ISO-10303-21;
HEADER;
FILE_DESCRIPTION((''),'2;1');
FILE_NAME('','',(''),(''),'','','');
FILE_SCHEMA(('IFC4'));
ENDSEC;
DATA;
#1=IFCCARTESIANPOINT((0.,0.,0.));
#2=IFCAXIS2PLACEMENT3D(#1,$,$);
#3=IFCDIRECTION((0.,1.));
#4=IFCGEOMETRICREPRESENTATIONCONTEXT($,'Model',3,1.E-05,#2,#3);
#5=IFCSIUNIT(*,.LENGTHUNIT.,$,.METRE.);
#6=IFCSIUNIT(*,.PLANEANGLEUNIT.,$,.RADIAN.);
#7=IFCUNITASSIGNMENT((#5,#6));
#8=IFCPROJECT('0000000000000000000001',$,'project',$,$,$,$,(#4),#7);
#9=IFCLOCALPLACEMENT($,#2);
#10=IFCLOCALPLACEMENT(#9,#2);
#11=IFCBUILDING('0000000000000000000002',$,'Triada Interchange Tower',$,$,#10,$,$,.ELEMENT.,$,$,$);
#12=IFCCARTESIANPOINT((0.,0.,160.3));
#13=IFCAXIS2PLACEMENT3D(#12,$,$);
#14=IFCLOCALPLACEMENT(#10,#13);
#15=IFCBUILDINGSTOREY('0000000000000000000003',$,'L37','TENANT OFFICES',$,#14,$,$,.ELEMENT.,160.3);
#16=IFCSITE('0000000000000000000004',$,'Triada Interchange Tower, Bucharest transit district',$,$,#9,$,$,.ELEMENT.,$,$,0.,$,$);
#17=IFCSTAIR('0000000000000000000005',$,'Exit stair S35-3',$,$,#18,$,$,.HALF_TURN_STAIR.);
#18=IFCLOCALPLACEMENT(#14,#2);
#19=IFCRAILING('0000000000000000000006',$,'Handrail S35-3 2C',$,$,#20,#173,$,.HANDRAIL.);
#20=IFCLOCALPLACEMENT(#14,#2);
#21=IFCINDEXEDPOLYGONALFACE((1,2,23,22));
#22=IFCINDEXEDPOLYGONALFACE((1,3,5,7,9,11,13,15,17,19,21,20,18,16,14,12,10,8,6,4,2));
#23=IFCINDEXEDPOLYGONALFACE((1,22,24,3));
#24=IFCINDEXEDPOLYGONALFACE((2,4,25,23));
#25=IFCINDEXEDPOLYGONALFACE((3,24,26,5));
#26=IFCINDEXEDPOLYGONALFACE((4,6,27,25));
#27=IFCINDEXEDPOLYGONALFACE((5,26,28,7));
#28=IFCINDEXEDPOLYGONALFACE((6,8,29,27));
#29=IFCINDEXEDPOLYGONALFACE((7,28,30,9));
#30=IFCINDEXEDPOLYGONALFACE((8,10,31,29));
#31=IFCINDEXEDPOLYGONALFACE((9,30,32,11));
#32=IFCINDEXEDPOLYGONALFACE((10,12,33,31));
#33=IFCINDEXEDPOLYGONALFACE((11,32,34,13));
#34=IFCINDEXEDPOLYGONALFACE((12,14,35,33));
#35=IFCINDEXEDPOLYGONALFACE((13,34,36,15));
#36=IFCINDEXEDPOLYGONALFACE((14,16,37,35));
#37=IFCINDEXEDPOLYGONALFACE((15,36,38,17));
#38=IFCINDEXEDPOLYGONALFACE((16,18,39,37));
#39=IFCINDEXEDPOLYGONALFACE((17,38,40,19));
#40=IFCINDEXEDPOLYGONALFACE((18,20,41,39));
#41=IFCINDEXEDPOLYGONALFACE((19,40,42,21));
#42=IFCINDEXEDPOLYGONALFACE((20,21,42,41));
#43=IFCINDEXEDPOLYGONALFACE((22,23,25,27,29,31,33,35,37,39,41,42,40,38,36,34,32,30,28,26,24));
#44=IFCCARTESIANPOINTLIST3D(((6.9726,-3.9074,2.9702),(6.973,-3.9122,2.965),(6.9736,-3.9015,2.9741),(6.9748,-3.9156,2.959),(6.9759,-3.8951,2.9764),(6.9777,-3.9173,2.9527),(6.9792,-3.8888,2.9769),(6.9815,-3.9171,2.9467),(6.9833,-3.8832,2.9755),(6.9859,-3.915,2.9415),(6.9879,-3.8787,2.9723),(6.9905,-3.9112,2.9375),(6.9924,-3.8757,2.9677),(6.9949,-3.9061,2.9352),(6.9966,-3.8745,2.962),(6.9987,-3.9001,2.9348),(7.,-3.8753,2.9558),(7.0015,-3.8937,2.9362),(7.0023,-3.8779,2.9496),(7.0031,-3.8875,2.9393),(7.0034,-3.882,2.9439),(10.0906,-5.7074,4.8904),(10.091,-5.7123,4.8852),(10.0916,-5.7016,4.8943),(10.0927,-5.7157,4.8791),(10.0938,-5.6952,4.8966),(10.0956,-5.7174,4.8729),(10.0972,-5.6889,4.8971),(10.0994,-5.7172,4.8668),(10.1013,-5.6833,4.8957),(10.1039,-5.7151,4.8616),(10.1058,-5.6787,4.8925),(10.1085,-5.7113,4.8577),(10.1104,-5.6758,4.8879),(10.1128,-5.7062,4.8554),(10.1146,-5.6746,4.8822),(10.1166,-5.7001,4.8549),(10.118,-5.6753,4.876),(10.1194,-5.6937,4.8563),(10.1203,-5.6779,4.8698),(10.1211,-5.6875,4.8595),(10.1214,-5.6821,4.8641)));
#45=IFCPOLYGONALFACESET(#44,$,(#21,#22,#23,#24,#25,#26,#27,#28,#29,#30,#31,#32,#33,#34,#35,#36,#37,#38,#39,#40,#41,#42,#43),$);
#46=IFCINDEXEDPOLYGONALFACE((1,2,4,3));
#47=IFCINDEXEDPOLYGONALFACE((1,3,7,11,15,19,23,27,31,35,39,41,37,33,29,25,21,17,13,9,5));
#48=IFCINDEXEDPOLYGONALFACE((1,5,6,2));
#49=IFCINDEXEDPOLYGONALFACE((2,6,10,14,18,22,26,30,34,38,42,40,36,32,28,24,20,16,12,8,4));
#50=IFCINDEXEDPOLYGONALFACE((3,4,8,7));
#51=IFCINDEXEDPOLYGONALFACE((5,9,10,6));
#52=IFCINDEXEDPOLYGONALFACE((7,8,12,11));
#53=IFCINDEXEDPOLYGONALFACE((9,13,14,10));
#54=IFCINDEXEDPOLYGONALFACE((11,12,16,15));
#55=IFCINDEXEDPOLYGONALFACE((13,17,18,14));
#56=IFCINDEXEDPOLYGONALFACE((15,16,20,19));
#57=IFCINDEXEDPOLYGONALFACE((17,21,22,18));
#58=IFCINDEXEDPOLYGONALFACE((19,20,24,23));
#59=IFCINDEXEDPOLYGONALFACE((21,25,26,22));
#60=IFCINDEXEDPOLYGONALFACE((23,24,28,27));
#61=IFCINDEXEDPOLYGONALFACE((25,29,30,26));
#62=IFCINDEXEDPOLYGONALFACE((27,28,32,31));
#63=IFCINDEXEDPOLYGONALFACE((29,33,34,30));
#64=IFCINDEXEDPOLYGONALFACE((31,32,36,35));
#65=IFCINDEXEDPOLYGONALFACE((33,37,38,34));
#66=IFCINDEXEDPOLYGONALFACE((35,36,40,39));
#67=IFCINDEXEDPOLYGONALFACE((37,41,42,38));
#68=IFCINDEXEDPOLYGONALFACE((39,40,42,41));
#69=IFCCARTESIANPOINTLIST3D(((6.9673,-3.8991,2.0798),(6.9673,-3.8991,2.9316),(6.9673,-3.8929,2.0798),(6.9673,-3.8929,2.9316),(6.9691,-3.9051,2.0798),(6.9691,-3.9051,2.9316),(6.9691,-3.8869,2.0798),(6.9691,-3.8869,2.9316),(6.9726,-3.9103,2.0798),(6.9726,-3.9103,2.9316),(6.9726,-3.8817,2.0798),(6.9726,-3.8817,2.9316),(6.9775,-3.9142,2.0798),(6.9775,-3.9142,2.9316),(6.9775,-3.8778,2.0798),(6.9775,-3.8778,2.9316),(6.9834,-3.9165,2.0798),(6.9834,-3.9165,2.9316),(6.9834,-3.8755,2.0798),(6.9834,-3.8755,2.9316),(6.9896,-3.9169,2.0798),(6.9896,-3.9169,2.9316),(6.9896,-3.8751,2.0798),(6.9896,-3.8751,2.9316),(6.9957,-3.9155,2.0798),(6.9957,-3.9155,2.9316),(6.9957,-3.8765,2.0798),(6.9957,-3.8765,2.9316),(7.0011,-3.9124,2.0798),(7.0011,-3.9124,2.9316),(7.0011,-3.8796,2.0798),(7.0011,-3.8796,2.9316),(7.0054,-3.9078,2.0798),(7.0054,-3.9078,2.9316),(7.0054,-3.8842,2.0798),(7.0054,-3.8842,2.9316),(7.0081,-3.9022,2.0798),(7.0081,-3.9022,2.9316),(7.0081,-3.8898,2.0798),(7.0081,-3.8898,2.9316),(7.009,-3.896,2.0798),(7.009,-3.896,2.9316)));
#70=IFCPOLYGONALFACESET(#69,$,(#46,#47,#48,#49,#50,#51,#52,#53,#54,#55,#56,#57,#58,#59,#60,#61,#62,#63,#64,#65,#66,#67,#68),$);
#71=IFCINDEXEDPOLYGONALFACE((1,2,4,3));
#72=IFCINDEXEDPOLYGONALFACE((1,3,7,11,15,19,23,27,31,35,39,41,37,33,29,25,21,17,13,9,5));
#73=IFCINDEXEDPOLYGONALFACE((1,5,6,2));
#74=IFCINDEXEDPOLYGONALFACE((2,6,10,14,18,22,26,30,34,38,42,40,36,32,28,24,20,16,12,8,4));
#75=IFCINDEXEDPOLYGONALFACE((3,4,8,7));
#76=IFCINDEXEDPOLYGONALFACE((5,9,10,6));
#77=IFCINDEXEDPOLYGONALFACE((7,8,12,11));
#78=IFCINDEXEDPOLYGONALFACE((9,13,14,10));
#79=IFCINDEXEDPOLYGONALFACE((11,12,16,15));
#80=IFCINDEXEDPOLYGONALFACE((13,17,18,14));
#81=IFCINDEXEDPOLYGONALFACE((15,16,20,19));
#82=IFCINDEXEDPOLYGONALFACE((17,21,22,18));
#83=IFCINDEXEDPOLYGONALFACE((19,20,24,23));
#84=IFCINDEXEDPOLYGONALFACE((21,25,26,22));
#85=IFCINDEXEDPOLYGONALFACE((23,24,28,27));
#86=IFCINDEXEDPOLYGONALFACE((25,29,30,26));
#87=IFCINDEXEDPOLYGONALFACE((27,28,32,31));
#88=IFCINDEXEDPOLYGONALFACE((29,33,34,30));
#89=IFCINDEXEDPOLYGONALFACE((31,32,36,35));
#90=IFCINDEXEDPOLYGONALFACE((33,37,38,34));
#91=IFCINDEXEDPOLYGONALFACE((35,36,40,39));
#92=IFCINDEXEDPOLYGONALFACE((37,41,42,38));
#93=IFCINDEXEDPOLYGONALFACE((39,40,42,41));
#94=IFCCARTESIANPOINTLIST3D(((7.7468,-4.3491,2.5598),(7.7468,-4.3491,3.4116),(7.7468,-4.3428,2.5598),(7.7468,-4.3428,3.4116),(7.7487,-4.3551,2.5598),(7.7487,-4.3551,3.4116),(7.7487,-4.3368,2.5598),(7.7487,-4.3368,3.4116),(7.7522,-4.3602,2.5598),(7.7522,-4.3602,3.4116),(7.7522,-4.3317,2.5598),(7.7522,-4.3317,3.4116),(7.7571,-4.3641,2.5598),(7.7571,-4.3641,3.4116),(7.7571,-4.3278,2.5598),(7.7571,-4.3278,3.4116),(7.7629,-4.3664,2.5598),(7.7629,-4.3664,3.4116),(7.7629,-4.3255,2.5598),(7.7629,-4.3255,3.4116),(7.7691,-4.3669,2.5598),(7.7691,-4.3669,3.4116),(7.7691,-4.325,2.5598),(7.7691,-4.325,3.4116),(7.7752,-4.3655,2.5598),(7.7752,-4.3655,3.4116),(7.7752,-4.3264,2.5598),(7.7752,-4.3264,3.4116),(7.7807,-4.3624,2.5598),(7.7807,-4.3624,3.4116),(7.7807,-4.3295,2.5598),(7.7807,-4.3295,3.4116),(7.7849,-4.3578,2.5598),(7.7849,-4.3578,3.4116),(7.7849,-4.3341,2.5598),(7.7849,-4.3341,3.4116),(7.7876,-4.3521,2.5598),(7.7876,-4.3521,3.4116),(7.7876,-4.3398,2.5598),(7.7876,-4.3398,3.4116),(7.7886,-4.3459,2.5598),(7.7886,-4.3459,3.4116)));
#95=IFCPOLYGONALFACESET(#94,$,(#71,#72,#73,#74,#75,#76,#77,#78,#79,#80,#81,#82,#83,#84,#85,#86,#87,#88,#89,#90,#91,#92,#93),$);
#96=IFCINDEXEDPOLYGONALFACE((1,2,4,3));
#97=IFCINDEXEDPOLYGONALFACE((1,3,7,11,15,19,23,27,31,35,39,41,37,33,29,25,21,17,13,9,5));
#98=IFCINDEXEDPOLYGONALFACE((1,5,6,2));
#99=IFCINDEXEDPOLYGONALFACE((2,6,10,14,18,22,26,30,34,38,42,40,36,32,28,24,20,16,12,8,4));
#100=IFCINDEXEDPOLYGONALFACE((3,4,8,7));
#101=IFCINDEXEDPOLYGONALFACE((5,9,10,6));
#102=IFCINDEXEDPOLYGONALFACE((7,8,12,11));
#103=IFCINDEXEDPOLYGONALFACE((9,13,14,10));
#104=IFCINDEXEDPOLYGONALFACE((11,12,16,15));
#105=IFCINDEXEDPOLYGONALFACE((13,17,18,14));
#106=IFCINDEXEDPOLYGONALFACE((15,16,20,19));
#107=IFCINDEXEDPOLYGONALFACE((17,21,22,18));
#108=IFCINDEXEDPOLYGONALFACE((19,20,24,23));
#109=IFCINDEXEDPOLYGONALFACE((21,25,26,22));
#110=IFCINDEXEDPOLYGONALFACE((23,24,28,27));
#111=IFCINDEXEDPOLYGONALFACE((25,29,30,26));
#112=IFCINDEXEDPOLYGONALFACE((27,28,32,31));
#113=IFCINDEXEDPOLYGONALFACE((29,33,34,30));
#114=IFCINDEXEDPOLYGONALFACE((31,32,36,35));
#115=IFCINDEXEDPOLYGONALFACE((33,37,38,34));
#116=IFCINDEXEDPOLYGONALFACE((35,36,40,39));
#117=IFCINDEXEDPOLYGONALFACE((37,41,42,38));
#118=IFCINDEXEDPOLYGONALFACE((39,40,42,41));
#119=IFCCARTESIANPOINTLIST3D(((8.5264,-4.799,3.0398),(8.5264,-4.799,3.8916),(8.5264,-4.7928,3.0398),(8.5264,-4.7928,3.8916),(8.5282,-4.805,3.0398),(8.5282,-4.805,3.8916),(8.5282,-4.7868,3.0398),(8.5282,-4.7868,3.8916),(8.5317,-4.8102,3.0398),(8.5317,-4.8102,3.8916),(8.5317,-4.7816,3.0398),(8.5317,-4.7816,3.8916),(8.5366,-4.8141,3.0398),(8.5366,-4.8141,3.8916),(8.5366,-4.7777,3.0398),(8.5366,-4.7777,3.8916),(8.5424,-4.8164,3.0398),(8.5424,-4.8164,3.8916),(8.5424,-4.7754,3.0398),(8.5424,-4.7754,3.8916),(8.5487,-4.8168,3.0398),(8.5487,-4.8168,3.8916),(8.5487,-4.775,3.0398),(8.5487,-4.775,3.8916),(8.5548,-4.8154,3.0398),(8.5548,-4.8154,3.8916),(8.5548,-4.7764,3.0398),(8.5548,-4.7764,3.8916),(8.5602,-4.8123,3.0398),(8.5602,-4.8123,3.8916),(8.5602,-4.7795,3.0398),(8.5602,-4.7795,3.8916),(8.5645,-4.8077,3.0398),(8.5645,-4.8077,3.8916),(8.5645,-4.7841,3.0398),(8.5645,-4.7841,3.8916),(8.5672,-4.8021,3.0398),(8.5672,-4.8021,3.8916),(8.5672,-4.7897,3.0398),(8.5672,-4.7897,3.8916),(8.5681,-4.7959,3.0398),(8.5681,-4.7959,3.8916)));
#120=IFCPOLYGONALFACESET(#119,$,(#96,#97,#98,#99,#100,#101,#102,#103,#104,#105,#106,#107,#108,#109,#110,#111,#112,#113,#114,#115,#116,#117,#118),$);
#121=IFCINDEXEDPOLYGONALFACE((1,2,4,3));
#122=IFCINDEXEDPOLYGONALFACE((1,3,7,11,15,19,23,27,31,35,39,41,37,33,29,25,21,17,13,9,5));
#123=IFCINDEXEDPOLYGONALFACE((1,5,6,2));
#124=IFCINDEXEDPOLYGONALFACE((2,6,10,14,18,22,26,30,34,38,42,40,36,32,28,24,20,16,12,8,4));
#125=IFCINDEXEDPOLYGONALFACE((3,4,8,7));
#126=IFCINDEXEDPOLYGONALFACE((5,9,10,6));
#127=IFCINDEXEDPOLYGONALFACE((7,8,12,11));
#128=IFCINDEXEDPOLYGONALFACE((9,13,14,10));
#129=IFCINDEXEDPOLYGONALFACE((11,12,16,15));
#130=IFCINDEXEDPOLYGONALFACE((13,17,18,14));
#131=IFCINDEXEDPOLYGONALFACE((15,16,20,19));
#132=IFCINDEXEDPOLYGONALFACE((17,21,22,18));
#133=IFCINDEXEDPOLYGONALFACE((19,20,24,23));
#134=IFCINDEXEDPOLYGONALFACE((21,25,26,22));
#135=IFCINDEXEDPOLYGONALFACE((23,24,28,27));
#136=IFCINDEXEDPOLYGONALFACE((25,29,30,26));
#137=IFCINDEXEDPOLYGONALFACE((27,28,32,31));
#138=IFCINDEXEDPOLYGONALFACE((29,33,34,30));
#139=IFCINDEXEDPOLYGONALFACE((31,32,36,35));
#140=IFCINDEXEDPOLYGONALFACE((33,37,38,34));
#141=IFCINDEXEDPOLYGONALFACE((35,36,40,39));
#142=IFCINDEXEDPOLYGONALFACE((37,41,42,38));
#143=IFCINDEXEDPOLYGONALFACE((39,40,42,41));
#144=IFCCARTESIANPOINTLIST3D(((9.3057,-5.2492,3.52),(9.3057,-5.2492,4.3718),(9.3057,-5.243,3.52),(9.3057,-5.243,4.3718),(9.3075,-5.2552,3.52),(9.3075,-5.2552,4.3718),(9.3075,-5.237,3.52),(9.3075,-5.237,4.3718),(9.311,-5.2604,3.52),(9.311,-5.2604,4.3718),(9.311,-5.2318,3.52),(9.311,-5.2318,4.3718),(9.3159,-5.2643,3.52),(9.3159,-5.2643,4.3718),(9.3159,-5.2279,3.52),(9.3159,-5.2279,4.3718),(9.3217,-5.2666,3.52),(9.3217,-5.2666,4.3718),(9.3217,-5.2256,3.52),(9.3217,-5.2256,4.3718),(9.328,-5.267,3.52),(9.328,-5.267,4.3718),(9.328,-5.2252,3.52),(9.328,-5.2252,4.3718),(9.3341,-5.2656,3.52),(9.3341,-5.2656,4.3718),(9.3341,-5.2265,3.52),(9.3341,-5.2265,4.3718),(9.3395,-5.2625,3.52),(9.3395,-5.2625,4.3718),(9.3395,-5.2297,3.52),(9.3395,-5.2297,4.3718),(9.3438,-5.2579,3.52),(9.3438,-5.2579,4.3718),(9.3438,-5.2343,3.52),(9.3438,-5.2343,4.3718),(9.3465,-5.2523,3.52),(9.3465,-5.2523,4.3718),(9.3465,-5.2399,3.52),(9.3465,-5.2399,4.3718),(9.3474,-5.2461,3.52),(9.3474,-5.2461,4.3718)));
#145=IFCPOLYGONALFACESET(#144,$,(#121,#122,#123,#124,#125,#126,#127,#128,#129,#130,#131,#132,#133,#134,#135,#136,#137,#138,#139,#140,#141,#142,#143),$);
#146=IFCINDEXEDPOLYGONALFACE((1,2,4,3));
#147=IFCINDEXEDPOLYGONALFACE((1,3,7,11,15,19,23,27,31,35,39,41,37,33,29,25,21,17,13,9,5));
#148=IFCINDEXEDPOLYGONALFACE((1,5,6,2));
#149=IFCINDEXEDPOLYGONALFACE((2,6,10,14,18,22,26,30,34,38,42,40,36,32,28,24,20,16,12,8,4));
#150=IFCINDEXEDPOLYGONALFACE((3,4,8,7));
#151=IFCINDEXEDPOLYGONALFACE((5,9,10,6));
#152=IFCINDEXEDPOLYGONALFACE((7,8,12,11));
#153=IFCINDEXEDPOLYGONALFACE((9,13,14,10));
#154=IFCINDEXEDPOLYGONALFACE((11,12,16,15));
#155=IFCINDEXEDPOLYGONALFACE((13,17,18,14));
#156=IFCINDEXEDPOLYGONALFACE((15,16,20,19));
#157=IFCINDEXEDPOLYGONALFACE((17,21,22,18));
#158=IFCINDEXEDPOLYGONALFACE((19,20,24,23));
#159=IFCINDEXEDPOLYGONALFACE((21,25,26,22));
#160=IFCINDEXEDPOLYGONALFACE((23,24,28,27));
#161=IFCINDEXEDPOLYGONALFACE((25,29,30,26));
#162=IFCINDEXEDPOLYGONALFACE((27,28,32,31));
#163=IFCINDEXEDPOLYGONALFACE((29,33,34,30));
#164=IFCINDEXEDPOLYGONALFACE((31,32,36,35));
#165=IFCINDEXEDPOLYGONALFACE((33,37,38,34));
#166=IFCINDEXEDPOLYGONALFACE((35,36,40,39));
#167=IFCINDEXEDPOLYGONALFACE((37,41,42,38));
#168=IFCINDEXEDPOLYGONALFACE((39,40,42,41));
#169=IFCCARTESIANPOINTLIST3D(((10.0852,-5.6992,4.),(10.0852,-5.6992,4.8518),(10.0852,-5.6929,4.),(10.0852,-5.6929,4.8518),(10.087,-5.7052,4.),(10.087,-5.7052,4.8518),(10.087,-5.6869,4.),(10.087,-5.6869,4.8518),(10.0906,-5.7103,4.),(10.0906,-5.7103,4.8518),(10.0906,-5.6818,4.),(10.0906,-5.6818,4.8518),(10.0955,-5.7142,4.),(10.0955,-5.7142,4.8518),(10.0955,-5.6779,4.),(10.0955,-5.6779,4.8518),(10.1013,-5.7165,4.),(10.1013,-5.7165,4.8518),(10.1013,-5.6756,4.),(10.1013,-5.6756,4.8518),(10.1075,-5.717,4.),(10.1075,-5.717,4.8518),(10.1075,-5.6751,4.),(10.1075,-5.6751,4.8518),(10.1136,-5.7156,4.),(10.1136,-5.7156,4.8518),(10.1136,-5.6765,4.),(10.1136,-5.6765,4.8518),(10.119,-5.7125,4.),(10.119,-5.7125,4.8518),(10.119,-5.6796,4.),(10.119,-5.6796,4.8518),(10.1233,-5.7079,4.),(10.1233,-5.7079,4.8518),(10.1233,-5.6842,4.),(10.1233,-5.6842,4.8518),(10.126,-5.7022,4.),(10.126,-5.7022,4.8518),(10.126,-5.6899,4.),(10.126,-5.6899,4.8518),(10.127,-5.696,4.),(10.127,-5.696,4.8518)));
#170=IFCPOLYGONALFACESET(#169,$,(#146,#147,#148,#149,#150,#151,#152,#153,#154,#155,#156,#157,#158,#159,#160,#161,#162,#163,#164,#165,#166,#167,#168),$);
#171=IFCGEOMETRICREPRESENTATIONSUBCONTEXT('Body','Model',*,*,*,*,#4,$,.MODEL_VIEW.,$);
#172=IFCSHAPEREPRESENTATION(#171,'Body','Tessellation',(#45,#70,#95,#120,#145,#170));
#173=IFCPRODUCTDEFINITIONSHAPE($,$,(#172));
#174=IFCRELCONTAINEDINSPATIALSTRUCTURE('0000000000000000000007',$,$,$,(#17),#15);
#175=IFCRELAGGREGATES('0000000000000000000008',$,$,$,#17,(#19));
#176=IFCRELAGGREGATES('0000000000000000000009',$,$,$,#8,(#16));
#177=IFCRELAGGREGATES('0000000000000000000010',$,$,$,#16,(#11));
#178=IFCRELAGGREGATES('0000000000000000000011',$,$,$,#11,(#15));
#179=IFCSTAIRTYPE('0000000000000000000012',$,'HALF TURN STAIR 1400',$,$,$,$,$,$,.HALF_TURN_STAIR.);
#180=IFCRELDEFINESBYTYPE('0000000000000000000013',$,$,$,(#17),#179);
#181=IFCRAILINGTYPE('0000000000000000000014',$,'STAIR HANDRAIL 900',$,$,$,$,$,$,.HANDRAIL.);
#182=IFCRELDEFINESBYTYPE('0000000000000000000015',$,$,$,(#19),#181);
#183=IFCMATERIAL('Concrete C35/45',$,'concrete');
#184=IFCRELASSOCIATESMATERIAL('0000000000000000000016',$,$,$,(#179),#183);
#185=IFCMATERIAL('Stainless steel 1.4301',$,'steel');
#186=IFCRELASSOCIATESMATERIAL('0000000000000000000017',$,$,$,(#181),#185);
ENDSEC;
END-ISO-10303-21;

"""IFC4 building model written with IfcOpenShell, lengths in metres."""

from ifc_helpers import new_model, si_unit, direction, frame, origin, origin_2d, place, context, subcontext, project, spatial, circle, extrude, material, type_object, element, aggregate, save


model = new_model("IFC4")

# Units and contexts
model_context = context("Model", 3, precision=1e-05, world=origin(), true_north=direction((0.0, 1.0)))
body_context = subcontext(model_context, "Body", "Model", "MODEL_VIEW")
ifc_project = project(units=[si_unit("LENGTHUNIT", "METRE"), si_unit("PLANEANGLEUNIT", "RADIAN")], contexts=[model_context])

# Site, building, storey
site_placement = place(None, origin())
site = spatial("IfcSite", under=ifc_project, at=site_placement, Name="Triada Interchange Tower, Bucharest transit district", CompositionType="ELEMENT", RefElevation=0.0)
building_placement = place(site_placement, origin())
building = spatial("IfcBuilding", under=site, at=building_placement, Name="Triada Interchange Tower", CompositionType="ELEMENT")
storey_placement = place(building_placement, frame((0.0, 0.0, 160.3)))
storey = spatial("IfcBuildingStorey", under=building, at=storey_placement, Name="L37", Description="TENANT OFFICES", CompositionType="ELEMENT", Elevation=160.3)

# Stair, railing
ifc_material_1 = material(Name="Concrete C35/45", Category="concrete")
stair_type = type_object("IfcStairType", Name="HALF TURN STAIR 1400", PredefinedType="HALF_TURN_STAIR", material=ifc_material_1)
stair_placement = place(storey_placement, origin())
stair = element("IfcStair", 1, at=stair_placement, inside=storey, type_object=stair_type, Name="Exit stair S35-3", PredefinedType="HALF_TURN_STAIR")
ifc_material_2 = material(Name="Stainless steel 1.4301", Category="steel")
railing_type = type_object("IfcRailingType", Name="STAIR HANDRAIL 900", PredefinedType="HANDRAIL", material=ifc_material_2)
railing_1_placement = place(storey_placement, frame((6.988, -3.896, 2.0798)))
railing_1 = element("IfcRailing", 2, at=railing_1_placement, type_object=railing_type, Name="Handrail S35-3 2C", PredefinedType="HANDRAIL", context=body_context, shape_type="SweptSolid", body=[
    extrude(circle(Radius=0.0239, at=origin_2d()), frame((0.0, 0.0, 0.876), z_axis=(0.764145, -0.441159, 0.470597), x_axis=(0.499983, 0.866035, 0.0)), (0.0, 0.0, 1.0), 4.0803),
    extrude(circle(Radius=0.021, at=origin_2d()), origin(), (0.0, 0.0, 1.0), 0.8518),
    extrude(circle(Radius=0.021, at=origin_2d()), frame((0.7795, -0.45, 0.48)), (0.0, 0.0, 1.0), 0.8518),
    extrude(circle(Radius=0.021, at=origin_2d()), frame((1.5591, -0.8999, 0.96)), (0.0, 0.0, 1.0), 0.8518),
    extrude(circle(Radius=0.021, at=origin_2d()), frame((2.3384, -1.3501, 1.4402)), (0.0, 0.0, 1.0), 0.8518),
    extrude(circle(Radius=0.021, at=origin_2d()), frame((3.1179, -1.8, 1.9202)), (0.0, 0.0, 1.0), 0.8518),
])
aggregate(stair, [railing_1])

save(model, "model.ifc")
